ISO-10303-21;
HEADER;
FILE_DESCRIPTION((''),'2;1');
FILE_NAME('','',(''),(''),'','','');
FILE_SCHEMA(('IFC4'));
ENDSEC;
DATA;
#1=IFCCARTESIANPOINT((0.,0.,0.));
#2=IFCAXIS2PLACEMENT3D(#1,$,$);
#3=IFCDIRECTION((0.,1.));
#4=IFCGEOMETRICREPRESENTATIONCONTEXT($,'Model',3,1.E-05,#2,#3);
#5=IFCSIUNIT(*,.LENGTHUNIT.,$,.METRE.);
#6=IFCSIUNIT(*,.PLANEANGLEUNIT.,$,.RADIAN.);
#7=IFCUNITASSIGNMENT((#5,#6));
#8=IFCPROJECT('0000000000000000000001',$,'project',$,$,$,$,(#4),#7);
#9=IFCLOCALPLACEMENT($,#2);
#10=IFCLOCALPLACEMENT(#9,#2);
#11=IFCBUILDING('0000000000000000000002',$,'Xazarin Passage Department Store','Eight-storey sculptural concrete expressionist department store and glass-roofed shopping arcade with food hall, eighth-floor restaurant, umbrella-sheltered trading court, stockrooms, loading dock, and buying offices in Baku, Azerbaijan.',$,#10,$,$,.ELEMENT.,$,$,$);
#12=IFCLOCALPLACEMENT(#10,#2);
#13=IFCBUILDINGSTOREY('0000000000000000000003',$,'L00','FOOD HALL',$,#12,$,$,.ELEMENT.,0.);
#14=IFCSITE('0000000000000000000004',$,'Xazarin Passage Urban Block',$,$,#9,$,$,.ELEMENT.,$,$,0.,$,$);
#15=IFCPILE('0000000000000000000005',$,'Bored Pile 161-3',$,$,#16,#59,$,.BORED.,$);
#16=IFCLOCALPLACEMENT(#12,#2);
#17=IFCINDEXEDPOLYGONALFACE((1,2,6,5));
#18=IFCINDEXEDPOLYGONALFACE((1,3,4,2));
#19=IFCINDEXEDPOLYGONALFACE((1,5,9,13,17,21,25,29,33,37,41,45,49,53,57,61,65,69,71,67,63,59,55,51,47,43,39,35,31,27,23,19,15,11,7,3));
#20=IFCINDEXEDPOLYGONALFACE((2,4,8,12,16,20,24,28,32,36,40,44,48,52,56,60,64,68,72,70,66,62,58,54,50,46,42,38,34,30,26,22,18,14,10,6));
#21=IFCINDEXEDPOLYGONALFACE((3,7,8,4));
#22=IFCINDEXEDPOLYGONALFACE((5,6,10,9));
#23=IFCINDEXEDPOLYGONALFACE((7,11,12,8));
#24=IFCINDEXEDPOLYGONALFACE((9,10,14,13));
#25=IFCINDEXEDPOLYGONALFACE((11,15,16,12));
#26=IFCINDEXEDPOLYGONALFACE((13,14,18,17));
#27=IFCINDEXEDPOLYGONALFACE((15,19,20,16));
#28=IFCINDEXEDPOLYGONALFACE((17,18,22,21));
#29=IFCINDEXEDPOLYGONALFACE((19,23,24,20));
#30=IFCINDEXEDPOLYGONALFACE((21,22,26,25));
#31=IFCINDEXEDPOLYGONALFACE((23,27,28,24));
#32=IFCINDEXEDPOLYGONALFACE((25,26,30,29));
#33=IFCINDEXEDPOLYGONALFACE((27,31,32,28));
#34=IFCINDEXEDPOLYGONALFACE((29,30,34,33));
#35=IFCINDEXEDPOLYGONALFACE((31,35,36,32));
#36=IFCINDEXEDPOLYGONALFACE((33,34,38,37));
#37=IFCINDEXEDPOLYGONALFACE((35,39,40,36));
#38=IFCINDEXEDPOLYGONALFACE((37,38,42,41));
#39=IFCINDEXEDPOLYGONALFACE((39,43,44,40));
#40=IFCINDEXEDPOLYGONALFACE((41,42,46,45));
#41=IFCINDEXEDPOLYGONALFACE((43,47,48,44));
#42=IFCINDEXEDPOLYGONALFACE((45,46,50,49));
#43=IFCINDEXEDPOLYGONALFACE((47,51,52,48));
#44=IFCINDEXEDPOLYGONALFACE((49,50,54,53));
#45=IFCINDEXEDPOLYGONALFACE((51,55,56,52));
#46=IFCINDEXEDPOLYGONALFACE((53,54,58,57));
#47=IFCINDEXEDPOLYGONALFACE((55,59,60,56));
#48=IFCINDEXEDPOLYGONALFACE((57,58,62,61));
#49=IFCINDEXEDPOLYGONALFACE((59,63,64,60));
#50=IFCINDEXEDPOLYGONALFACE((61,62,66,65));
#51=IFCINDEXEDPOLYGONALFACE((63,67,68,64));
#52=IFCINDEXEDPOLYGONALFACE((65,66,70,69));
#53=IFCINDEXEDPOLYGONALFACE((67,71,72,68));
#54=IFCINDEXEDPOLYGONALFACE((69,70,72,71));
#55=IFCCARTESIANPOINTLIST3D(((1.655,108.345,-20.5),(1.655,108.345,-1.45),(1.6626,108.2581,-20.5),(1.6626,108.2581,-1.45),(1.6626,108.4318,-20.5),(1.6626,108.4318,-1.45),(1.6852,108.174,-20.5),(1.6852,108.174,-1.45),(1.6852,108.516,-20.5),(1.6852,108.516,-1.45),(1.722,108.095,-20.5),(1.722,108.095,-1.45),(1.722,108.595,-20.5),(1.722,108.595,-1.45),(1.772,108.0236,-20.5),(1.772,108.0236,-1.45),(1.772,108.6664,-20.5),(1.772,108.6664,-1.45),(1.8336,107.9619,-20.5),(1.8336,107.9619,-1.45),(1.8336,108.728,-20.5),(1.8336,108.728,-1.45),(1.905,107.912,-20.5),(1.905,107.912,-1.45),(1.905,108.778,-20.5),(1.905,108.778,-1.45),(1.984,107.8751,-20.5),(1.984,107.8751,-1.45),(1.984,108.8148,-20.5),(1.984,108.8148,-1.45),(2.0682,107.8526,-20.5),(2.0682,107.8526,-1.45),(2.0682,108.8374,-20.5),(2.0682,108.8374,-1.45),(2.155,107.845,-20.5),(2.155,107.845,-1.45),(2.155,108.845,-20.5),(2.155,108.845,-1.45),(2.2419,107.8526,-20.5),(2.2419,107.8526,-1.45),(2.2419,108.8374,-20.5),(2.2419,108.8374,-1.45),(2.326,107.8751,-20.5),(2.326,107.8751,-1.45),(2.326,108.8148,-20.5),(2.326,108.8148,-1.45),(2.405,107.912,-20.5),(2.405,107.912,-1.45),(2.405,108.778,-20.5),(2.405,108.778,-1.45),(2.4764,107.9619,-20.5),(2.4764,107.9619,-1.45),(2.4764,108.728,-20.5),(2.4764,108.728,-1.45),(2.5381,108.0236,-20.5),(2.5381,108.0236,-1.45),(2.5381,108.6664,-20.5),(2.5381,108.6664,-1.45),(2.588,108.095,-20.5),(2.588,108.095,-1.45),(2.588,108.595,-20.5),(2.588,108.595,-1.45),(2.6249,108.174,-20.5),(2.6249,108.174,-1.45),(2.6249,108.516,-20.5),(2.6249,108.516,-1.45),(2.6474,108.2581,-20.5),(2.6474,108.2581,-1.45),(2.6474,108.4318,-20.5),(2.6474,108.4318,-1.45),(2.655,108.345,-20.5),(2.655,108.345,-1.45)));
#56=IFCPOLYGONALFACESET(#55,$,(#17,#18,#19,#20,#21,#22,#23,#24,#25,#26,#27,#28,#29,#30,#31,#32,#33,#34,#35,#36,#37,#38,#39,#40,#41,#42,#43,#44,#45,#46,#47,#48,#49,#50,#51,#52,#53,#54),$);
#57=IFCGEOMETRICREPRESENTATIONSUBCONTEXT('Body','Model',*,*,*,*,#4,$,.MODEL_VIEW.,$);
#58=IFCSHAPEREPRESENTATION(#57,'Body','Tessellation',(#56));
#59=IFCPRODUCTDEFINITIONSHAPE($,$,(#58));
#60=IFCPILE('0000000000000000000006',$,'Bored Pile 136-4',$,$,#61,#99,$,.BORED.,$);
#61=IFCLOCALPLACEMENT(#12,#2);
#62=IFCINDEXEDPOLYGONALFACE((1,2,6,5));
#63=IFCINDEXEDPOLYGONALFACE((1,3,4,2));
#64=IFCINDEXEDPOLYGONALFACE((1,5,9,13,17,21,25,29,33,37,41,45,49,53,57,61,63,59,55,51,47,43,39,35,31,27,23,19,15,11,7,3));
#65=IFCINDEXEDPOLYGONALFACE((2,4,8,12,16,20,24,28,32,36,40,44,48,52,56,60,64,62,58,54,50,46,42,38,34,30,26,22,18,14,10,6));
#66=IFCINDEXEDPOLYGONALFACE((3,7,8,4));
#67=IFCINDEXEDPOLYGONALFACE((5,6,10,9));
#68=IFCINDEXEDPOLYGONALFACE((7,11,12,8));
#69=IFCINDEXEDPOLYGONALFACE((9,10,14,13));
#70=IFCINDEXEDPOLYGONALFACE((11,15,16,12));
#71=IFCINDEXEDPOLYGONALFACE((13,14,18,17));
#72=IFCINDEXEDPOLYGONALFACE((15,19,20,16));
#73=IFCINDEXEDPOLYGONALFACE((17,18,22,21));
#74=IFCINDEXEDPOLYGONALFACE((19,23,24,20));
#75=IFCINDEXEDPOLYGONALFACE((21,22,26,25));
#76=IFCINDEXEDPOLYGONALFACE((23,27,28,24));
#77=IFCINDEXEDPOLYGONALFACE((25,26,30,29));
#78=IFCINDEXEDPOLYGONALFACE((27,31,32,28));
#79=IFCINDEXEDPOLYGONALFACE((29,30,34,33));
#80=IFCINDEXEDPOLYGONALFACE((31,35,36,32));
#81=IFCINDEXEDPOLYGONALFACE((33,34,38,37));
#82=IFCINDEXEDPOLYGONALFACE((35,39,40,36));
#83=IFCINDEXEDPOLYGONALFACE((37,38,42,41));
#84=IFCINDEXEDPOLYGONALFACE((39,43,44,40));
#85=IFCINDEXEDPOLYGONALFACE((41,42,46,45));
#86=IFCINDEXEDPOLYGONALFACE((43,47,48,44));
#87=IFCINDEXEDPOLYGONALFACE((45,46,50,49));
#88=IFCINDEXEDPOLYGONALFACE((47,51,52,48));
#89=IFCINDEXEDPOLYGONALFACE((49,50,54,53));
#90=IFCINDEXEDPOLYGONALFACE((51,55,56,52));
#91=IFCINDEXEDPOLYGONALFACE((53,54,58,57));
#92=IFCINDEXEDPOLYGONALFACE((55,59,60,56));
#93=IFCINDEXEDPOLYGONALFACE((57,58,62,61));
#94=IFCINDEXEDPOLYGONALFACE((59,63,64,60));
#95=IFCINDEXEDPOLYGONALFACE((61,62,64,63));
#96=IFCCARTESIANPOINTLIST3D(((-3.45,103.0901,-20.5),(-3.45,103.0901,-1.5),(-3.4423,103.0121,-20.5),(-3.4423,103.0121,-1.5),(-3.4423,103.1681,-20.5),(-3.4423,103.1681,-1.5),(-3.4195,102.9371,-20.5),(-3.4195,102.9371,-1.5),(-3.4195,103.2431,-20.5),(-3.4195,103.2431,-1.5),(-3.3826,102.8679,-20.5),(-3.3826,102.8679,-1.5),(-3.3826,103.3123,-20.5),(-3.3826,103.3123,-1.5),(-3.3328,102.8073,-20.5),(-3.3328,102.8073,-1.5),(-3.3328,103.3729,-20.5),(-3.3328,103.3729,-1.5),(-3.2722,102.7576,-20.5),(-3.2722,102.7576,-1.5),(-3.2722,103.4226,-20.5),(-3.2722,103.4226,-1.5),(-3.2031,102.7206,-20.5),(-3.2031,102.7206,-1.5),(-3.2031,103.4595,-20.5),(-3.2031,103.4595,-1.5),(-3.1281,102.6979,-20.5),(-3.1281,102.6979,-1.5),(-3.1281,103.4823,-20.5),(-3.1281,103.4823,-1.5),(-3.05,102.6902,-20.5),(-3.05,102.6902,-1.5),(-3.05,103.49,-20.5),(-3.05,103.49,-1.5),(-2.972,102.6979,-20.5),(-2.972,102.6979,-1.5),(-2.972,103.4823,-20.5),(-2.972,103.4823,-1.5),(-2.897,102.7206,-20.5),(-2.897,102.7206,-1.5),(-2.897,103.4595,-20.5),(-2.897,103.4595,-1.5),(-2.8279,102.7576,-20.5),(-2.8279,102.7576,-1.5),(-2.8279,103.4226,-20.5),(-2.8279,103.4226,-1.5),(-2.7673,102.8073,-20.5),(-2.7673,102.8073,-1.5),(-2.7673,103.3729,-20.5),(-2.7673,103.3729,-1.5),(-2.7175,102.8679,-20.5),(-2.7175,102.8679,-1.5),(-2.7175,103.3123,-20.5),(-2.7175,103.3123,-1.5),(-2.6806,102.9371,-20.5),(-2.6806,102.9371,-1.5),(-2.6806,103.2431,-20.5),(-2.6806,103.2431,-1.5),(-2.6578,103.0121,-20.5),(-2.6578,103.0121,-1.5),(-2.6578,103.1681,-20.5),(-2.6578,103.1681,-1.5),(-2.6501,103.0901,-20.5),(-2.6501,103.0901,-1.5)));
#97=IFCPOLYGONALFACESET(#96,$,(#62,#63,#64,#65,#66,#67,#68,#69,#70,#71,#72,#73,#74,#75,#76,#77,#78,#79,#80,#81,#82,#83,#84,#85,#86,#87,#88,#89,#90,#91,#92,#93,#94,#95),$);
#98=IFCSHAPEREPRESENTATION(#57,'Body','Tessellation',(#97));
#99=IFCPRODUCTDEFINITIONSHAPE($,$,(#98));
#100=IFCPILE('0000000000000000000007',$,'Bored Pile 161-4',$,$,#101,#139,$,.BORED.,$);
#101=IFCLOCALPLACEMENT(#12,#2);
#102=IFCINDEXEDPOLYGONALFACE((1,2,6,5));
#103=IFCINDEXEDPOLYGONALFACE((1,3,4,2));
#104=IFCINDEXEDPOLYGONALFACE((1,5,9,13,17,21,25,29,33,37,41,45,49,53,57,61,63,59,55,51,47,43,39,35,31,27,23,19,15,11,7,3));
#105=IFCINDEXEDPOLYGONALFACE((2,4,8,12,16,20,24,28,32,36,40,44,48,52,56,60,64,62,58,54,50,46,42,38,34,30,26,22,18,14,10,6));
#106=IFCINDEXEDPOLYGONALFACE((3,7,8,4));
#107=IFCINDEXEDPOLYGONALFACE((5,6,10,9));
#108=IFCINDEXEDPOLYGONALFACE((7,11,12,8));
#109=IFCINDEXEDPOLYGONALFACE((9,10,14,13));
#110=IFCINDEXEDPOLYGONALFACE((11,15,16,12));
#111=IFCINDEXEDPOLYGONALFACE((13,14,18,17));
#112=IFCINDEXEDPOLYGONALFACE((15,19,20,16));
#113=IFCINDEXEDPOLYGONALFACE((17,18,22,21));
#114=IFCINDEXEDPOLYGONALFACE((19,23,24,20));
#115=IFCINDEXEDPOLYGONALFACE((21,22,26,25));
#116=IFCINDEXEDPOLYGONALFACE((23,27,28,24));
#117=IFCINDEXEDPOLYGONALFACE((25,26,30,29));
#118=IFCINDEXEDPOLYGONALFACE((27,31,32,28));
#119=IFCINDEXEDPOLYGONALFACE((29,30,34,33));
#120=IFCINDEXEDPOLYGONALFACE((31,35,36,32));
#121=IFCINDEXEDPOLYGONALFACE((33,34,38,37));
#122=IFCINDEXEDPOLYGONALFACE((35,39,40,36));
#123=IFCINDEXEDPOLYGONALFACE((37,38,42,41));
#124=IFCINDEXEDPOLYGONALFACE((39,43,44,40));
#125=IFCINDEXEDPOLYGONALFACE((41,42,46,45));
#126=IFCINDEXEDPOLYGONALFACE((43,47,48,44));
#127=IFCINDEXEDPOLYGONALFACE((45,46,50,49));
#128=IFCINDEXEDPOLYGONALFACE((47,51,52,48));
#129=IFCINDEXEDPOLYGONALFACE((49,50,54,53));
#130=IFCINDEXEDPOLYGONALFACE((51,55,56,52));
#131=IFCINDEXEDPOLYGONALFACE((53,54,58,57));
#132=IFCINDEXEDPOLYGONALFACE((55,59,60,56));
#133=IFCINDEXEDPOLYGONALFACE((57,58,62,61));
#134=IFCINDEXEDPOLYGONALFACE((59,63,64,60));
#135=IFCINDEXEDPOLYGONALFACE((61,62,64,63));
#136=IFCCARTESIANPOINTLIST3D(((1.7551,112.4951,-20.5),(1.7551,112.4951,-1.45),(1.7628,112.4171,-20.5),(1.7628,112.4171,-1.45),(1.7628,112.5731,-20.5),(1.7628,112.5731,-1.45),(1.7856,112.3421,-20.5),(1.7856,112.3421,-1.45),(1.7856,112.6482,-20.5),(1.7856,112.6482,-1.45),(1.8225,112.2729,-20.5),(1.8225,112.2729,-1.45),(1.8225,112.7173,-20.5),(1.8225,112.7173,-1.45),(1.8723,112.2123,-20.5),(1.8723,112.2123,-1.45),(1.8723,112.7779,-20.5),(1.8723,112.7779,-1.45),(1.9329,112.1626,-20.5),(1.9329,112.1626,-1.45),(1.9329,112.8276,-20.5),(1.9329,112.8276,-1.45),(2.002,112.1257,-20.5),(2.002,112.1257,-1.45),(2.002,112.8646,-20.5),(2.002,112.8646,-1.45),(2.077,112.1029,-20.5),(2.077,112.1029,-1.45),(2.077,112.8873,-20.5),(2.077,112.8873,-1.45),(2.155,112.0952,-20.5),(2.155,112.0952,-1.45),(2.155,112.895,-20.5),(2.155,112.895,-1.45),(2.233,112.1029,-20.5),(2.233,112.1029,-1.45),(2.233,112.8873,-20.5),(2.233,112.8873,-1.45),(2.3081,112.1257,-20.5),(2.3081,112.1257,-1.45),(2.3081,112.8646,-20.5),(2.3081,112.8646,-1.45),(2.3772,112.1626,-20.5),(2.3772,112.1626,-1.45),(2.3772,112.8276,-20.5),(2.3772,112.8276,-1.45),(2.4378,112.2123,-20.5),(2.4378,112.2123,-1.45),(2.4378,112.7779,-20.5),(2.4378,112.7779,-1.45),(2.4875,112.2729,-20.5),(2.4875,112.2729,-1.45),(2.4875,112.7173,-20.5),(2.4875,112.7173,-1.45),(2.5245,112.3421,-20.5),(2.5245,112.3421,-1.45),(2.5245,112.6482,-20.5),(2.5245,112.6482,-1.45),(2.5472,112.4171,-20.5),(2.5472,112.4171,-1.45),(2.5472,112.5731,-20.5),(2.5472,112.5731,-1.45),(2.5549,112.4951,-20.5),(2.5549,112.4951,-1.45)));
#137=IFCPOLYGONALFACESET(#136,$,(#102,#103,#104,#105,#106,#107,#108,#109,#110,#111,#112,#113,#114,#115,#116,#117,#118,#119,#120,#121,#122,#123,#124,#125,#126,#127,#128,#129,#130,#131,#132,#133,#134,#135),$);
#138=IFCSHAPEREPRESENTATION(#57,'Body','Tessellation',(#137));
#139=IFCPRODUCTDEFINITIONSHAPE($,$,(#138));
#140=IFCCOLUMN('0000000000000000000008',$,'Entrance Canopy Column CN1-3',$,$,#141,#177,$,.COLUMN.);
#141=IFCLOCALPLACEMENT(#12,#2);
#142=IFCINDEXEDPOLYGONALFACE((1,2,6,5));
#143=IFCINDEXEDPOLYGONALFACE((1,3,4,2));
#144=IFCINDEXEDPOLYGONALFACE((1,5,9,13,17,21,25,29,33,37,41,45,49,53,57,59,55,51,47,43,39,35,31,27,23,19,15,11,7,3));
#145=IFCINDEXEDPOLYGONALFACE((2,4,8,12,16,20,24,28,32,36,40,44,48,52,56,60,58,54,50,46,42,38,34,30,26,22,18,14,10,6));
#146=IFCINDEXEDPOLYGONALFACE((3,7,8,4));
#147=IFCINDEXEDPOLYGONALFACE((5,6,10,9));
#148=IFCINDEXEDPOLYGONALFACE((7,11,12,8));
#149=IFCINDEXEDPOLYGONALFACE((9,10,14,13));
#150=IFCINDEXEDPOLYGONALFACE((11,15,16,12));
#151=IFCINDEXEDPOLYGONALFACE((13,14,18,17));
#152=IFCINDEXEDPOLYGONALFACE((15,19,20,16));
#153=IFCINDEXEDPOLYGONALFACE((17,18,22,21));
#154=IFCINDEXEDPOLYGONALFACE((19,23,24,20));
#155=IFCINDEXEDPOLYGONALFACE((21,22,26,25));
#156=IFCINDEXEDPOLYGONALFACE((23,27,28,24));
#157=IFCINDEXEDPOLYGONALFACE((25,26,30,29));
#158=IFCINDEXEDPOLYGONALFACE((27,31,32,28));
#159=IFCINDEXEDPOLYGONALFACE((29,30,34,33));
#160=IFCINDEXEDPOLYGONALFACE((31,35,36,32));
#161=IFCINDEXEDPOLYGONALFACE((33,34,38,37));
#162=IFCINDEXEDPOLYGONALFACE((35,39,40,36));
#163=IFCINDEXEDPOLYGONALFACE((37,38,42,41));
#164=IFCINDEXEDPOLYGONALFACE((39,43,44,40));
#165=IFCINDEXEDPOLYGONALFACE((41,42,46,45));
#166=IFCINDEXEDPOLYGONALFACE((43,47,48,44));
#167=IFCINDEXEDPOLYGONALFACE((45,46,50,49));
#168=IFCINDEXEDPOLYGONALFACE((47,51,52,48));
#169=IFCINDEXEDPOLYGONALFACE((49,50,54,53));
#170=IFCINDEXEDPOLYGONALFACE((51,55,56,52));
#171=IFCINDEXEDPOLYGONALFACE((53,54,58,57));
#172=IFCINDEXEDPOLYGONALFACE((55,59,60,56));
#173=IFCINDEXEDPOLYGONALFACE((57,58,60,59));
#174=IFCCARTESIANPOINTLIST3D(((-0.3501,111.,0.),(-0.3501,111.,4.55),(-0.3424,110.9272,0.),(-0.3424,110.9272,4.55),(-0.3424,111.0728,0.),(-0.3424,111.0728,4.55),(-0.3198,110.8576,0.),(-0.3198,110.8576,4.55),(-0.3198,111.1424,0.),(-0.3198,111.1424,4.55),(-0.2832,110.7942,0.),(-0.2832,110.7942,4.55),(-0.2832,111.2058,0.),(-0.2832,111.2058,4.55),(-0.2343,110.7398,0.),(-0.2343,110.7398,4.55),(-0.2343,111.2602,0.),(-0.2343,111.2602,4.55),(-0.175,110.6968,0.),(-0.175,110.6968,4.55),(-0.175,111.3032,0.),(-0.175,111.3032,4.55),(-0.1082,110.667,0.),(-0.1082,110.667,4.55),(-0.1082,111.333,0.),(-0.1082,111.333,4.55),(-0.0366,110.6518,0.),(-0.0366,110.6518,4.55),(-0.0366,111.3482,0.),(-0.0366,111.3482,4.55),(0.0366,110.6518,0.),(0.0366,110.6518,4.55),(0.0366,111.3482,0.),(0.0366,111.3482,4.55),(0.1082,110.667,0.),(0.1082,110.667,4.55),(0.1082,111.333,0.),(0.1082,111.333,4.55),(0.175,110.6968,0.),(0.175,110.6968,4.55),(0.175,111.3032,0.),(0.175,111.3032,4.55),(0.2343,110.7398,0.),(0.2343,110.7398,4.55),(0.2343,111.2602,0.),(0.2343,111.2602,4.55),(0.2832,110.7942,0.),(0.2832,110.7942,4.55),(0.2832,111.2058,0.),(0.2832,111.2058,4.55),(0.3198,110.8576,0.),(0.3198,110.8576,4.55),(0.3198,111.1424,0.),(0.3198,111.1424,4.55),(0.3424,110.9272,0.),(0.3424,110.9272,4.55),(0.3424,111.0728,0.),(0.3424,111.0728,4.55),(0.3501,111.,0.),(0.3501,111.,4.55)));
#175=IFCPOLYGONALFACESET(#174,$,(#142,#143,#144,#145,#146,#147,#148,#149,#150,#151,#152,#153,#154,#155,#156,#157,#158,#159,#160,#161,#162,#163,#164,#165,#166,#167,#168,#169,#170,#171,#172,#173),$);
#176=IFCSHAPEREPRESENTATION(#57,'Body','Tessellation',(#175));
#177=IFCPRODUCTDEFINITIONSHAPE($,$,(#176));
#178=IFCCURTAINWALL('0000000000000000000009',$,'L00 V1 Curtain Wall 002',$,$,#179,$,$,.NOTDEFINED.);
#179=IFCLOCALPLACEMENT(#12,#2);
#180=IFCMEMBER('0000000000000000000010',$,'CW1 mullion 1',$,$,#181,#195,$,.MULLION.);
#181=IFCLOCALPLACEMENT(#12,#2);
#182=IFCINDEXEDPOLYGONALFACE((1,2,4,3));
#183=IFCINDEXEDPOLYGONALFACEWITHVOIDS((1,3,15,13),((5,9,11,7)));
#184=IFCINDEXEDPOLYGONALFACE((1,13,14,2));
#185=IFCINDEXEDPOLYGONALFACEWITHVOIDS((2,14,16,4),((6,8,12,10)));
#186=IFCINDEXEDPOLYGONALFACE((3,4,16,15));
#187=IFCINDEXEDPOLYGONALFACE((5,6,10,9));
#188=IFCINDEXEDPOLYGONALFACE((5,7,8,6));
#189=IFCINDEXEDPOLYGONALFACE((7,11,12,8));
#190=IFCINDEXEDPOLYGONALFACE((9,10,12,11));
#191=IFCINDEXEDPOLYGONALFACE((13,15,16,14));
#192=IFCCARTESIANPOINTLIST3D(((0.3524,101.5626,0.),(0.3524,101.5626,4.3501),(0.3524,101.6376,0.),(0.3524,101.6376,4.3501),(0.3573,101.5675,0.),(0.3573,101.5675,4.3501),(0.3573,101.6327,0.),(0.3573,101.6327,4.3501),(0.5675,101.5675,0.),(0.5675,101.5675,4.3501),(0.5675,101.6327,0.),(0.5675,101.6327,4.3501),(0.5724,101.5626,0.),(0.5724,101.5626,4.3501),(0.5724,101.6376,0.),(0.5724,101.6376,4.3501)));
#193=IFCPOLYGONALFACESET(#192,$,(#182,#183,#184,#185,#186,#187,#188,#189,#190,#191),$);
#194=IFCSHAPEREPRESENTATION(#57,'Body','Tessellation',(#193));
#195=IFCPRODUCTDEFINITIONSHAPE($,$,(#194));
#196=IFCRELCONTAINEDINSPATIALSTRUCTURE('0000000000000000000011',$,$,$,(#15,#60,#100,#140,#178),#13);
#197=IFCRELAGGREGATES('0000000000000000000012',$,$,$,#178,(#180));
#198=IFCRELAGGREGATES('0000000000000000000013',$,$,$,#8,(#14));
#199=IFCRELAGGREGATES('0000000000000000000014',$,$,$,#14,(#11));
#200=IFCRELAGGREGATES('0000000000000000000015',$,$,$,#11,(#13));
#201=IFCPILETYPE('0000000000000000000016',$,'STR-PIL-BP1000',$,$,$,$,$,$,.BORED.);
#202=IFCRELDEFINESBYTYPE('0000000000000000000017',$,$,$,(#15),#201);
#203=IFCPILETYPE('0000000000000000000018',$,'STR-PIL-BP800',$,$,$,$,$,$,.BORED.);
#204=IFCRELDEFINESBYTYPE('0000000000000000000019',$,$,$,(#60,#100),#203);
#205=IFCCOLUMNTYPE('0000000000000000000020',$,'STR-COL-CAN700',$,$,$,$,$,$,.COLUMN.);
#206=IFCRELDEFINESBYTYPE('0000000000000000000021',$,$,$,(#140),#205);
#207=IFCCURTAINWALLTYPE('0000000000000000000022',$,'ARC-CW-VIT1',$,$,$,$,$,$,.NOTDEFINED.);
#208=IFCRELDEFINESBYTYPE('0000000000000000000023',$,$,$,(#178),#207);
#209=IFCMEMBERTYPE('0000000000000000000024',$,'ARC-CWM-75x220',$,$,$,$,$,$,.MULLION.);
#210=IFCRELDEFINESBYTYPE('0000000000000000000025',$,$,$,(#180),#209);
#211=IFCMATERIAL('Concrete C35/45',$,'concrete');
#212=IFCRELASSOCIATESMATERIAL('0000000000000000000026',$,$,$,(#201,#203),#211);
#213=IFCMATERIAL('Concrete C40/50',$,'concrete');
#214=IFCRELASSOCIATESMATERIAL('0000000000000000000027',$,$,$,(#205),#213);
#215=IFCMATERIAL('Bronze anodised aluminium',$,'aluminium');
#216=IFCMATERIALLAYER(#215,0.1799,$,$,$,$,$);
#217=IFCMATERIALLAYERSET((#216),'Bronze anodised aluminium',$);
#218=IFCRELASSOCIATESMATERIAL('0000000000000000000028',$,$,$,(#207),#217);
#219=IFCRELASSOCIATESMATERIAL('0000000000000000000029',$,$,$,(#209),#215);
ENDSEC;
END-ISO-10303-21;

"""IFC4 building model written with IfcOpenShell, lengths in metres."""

from ifc_helpers import new_model, si_unit, direction, frame, origin, origin_2d, place, context, subcontext, project, spatial, hollow_rectangle, circle, extrude, material, layer, layer_set, material_profile, profile_set, type_object, element, aggregate, save


model = new_model("IFC4")

# Units and contexts
model_context = context("Model", 3, precision=1e-05, world=origin(), true_north=direction((0.0, 1.0)))
body_context = subcontext(model_context, "Body", "Model", "MODEL_VIEW")
ifc_project = project(units=[si_unit("LENGTHUNIT", "METRE"), si_unit("PLANEANGLEUNIT", "RADIAN")], contexts=[model_context])

# Site, building, storey
site_placement = place(None, origin())
site = spatial("IfcSite", under=ifc_project, at=site_placement, Name="Xazarin Passage Urban Block", CompositionType="ELEMENT", RefElevation=0.0)
building_placement = place(site_placement, origin())
building = spatial("IfcBuilding", under=site, at=building_placement, Name="Xazarin Passage Department Store", Description="Eight-storey sculptural concrete expressionist department store and glass-roofed shopping arcade with food hall, eighth-floor restaurant, umbrella-sheltered trading court, stockrooms, loading dock, and buying offices in Baku, Azerbaijan.", CompositionType="ELEMENT")
storey_placement = place(building_placement, origin())
storey = spatial("IfcBuildingStorey", under=building, at=storey_placement, Name="L00", Description="FOOD HALL", CompositionType="ELEMENT", Elevation=0.0)

# Shared definitions
ifc_material_1 = material(Name="Concrete C35/45", Category="concrete")

# Piles
ifc_material_profile_1 = material_profile(ifc_material_1, circle(Radius=0.5, at=origin_2d()), Name="BP 1000")
ifc_profile_set_1 = profile_set([ifc_material_profile_1], Name="Concrete C35/45")
pile_type_1 = type_object("IfcPileType", Name="STR-PIL-BP1000", PredefinedType="BORED", material=ifc_profile_set_1)
for number, where, z_axis, x_axis, name in (
    (1, (2.155, 108.345, -1.45), (0.0, 0.0, -1.0), (1.0, 0.0, 0.0), "Bored Pile 161-3"),
):
    element("IfcPile", number, at=place(storey_placement, frame(where, z_axis=z_axis, x_axis=x_axis)), inside=storey, type_object=pile_type_1, Name=name, PredefinedType="BORED", context=body_context, shape_type="SweptSolid", body=[
        extrude(circle(Radius=0.5, at=origin_2d()), origin(), (0.0, 0.0, 1.0), 19.05),
    ])
ifc_material_profile_2 = material_profile(ifc_material_1, circle(Radius=0.3999, at=origin_2d()), Name="BP 800")
ifc_profile_set_2 = profile_set([ifc_material_profile_2], Name="Concrete C35/45")
pile_type_2 = type_object("IfcPileType", Name="STR-PIL-BP800", PredefinedType="BORED", material=ifc_profile_set_2)
pile_1_placement = place(storey_placement, frame((-3.05, 103.0901, -1.5), z_axis=(0.0, 0.0, -1.0), x_axis=(1.0, 0.0, 0.0)))
element("IfcPile", 2, at=pile_1_placement, inside=storey, type_object=pile_type_2, Name="Bored Pile 136-4", PredefinedType="BORED", context=body_context, shape_type="SweptSolid", body=[
    extrude(circle(Radius=0.3999, at=origin_2d()), origin(), (0.0, 0.0, 1.0), 19.0),
])
pile_2_placement = place(storey_placement, frame((2.155, 112.4951, -1.45), z_axis=(0.0, 0.0, -1.0), x_axis=(1.0, 0.0, 0.0)))
element("IfcPile", 3, at=pile_2_placement, inside=storey, type_object=pile_type_2, Name="Bored Pile 161-4", PredefinedType="BORED", context=body_context, shape_type="SweptSolid", body=[
    extrude(circle(Radius=0.3999, at=origin_2d()), origin(), (0.0, 0.0, 1.0), 19.05),
])

# Column
ifc_material_2 = material(Name="Concrete C40/50", Category="concrete")
ifc_material_profile_3 = material_profile(ifc_material_2, circle(Radius=0.3501, at=origin_2d()), Name="RCD 700")
ifc_profile_set_3 = profile_set([ifc_material_profile_3], Name="Concrete C40/50")
column_type = type_object("IfcColumnType", Name="STR-COL-CAN700", PredefinedType="COLUMN", material=ifc_profile_set_3)
column_placement = place(storey_placement, frame((0.0, 111.0, 0.0), z_axis=(0.0, 0.0, 1.0), x_axis=(1.0, 0.0, 0.0)))
element("IfcColumn", 4, at=column_placement, inside=storey, type_object=column_type, Name="Entrance Canopy Column CN1-3", PredefinedType="COLUMN", context=body_context, shape_type="SweptSolid", body=[
    extrude(circle(Radius=0.3501, at=origin_2d()), origin(), (0.0, 0.0, 1.0), 4.55),
])

# Curtain wall, member
ifc_material_3 = material(Name="Bronze anodised aluminium", Category="aluminium")
ifc_layer_1 = layer(ifc_material_3, 0.1799)
ifc_layer_set_1 = layer_set([ifc_layer_1], Name="Bronze anodised aluminium")
curtain_wall_type = type_object("IfcCurtainWallType", Name="ARC-CW-VIT1", PredefinedType="NOTDEFINED", material=ifc_layer_set_1)
curtain_wall_placement = place(storey_placement, origin())
curtain_wall = element("IfcCurtainWall", 5, at=curtain_wall_placement, inside=storey, type_object=curtain_wall_type, Name="L00 V1 Curtain Wall 002", PredefinedType="NOTDEFINED")
ifc_material_profile_4 = material_profile(ifc_material_3, hollow_rectangle(XDim=0.075, YDim=0.22, WallThickness=0.0049, at=origin_2d()), Name="ALU 75x220")
ifc_profile_set_4 = profile_set([ifc_material_profile_4], Name="Bronze anodised aluminium")
member_type_1 = type_object("IfcMemberType", Name="ARC-CWM-75x220", PredefinedType="MULLION", material=ifc_profile_set_4)
member_1_placement = place(storey_placement, frame((0.4624, 101.6001, 0.0), z_axis=(0.0, 0.0, 1.0), x_axis=(0.0, 1.0, 0.0)))
member_1 = element("IfcMember", 6, at=member_1_placement, type_object=member_type_1, Name="CW1 mullion 1", PredefinedType="MULLION", context=body_context, shape_type="SweptSolid", body=[
    extrude(hollow_rectangle(XDim=0.075, YDim=0.22, WallThickness=0.0049, at=origin_2d()), origin(), (0.0, 0.0, 1.0), 4.3501),
])

aggregate(curtain_wall, [member_1])

save(model, "model.ifc")
